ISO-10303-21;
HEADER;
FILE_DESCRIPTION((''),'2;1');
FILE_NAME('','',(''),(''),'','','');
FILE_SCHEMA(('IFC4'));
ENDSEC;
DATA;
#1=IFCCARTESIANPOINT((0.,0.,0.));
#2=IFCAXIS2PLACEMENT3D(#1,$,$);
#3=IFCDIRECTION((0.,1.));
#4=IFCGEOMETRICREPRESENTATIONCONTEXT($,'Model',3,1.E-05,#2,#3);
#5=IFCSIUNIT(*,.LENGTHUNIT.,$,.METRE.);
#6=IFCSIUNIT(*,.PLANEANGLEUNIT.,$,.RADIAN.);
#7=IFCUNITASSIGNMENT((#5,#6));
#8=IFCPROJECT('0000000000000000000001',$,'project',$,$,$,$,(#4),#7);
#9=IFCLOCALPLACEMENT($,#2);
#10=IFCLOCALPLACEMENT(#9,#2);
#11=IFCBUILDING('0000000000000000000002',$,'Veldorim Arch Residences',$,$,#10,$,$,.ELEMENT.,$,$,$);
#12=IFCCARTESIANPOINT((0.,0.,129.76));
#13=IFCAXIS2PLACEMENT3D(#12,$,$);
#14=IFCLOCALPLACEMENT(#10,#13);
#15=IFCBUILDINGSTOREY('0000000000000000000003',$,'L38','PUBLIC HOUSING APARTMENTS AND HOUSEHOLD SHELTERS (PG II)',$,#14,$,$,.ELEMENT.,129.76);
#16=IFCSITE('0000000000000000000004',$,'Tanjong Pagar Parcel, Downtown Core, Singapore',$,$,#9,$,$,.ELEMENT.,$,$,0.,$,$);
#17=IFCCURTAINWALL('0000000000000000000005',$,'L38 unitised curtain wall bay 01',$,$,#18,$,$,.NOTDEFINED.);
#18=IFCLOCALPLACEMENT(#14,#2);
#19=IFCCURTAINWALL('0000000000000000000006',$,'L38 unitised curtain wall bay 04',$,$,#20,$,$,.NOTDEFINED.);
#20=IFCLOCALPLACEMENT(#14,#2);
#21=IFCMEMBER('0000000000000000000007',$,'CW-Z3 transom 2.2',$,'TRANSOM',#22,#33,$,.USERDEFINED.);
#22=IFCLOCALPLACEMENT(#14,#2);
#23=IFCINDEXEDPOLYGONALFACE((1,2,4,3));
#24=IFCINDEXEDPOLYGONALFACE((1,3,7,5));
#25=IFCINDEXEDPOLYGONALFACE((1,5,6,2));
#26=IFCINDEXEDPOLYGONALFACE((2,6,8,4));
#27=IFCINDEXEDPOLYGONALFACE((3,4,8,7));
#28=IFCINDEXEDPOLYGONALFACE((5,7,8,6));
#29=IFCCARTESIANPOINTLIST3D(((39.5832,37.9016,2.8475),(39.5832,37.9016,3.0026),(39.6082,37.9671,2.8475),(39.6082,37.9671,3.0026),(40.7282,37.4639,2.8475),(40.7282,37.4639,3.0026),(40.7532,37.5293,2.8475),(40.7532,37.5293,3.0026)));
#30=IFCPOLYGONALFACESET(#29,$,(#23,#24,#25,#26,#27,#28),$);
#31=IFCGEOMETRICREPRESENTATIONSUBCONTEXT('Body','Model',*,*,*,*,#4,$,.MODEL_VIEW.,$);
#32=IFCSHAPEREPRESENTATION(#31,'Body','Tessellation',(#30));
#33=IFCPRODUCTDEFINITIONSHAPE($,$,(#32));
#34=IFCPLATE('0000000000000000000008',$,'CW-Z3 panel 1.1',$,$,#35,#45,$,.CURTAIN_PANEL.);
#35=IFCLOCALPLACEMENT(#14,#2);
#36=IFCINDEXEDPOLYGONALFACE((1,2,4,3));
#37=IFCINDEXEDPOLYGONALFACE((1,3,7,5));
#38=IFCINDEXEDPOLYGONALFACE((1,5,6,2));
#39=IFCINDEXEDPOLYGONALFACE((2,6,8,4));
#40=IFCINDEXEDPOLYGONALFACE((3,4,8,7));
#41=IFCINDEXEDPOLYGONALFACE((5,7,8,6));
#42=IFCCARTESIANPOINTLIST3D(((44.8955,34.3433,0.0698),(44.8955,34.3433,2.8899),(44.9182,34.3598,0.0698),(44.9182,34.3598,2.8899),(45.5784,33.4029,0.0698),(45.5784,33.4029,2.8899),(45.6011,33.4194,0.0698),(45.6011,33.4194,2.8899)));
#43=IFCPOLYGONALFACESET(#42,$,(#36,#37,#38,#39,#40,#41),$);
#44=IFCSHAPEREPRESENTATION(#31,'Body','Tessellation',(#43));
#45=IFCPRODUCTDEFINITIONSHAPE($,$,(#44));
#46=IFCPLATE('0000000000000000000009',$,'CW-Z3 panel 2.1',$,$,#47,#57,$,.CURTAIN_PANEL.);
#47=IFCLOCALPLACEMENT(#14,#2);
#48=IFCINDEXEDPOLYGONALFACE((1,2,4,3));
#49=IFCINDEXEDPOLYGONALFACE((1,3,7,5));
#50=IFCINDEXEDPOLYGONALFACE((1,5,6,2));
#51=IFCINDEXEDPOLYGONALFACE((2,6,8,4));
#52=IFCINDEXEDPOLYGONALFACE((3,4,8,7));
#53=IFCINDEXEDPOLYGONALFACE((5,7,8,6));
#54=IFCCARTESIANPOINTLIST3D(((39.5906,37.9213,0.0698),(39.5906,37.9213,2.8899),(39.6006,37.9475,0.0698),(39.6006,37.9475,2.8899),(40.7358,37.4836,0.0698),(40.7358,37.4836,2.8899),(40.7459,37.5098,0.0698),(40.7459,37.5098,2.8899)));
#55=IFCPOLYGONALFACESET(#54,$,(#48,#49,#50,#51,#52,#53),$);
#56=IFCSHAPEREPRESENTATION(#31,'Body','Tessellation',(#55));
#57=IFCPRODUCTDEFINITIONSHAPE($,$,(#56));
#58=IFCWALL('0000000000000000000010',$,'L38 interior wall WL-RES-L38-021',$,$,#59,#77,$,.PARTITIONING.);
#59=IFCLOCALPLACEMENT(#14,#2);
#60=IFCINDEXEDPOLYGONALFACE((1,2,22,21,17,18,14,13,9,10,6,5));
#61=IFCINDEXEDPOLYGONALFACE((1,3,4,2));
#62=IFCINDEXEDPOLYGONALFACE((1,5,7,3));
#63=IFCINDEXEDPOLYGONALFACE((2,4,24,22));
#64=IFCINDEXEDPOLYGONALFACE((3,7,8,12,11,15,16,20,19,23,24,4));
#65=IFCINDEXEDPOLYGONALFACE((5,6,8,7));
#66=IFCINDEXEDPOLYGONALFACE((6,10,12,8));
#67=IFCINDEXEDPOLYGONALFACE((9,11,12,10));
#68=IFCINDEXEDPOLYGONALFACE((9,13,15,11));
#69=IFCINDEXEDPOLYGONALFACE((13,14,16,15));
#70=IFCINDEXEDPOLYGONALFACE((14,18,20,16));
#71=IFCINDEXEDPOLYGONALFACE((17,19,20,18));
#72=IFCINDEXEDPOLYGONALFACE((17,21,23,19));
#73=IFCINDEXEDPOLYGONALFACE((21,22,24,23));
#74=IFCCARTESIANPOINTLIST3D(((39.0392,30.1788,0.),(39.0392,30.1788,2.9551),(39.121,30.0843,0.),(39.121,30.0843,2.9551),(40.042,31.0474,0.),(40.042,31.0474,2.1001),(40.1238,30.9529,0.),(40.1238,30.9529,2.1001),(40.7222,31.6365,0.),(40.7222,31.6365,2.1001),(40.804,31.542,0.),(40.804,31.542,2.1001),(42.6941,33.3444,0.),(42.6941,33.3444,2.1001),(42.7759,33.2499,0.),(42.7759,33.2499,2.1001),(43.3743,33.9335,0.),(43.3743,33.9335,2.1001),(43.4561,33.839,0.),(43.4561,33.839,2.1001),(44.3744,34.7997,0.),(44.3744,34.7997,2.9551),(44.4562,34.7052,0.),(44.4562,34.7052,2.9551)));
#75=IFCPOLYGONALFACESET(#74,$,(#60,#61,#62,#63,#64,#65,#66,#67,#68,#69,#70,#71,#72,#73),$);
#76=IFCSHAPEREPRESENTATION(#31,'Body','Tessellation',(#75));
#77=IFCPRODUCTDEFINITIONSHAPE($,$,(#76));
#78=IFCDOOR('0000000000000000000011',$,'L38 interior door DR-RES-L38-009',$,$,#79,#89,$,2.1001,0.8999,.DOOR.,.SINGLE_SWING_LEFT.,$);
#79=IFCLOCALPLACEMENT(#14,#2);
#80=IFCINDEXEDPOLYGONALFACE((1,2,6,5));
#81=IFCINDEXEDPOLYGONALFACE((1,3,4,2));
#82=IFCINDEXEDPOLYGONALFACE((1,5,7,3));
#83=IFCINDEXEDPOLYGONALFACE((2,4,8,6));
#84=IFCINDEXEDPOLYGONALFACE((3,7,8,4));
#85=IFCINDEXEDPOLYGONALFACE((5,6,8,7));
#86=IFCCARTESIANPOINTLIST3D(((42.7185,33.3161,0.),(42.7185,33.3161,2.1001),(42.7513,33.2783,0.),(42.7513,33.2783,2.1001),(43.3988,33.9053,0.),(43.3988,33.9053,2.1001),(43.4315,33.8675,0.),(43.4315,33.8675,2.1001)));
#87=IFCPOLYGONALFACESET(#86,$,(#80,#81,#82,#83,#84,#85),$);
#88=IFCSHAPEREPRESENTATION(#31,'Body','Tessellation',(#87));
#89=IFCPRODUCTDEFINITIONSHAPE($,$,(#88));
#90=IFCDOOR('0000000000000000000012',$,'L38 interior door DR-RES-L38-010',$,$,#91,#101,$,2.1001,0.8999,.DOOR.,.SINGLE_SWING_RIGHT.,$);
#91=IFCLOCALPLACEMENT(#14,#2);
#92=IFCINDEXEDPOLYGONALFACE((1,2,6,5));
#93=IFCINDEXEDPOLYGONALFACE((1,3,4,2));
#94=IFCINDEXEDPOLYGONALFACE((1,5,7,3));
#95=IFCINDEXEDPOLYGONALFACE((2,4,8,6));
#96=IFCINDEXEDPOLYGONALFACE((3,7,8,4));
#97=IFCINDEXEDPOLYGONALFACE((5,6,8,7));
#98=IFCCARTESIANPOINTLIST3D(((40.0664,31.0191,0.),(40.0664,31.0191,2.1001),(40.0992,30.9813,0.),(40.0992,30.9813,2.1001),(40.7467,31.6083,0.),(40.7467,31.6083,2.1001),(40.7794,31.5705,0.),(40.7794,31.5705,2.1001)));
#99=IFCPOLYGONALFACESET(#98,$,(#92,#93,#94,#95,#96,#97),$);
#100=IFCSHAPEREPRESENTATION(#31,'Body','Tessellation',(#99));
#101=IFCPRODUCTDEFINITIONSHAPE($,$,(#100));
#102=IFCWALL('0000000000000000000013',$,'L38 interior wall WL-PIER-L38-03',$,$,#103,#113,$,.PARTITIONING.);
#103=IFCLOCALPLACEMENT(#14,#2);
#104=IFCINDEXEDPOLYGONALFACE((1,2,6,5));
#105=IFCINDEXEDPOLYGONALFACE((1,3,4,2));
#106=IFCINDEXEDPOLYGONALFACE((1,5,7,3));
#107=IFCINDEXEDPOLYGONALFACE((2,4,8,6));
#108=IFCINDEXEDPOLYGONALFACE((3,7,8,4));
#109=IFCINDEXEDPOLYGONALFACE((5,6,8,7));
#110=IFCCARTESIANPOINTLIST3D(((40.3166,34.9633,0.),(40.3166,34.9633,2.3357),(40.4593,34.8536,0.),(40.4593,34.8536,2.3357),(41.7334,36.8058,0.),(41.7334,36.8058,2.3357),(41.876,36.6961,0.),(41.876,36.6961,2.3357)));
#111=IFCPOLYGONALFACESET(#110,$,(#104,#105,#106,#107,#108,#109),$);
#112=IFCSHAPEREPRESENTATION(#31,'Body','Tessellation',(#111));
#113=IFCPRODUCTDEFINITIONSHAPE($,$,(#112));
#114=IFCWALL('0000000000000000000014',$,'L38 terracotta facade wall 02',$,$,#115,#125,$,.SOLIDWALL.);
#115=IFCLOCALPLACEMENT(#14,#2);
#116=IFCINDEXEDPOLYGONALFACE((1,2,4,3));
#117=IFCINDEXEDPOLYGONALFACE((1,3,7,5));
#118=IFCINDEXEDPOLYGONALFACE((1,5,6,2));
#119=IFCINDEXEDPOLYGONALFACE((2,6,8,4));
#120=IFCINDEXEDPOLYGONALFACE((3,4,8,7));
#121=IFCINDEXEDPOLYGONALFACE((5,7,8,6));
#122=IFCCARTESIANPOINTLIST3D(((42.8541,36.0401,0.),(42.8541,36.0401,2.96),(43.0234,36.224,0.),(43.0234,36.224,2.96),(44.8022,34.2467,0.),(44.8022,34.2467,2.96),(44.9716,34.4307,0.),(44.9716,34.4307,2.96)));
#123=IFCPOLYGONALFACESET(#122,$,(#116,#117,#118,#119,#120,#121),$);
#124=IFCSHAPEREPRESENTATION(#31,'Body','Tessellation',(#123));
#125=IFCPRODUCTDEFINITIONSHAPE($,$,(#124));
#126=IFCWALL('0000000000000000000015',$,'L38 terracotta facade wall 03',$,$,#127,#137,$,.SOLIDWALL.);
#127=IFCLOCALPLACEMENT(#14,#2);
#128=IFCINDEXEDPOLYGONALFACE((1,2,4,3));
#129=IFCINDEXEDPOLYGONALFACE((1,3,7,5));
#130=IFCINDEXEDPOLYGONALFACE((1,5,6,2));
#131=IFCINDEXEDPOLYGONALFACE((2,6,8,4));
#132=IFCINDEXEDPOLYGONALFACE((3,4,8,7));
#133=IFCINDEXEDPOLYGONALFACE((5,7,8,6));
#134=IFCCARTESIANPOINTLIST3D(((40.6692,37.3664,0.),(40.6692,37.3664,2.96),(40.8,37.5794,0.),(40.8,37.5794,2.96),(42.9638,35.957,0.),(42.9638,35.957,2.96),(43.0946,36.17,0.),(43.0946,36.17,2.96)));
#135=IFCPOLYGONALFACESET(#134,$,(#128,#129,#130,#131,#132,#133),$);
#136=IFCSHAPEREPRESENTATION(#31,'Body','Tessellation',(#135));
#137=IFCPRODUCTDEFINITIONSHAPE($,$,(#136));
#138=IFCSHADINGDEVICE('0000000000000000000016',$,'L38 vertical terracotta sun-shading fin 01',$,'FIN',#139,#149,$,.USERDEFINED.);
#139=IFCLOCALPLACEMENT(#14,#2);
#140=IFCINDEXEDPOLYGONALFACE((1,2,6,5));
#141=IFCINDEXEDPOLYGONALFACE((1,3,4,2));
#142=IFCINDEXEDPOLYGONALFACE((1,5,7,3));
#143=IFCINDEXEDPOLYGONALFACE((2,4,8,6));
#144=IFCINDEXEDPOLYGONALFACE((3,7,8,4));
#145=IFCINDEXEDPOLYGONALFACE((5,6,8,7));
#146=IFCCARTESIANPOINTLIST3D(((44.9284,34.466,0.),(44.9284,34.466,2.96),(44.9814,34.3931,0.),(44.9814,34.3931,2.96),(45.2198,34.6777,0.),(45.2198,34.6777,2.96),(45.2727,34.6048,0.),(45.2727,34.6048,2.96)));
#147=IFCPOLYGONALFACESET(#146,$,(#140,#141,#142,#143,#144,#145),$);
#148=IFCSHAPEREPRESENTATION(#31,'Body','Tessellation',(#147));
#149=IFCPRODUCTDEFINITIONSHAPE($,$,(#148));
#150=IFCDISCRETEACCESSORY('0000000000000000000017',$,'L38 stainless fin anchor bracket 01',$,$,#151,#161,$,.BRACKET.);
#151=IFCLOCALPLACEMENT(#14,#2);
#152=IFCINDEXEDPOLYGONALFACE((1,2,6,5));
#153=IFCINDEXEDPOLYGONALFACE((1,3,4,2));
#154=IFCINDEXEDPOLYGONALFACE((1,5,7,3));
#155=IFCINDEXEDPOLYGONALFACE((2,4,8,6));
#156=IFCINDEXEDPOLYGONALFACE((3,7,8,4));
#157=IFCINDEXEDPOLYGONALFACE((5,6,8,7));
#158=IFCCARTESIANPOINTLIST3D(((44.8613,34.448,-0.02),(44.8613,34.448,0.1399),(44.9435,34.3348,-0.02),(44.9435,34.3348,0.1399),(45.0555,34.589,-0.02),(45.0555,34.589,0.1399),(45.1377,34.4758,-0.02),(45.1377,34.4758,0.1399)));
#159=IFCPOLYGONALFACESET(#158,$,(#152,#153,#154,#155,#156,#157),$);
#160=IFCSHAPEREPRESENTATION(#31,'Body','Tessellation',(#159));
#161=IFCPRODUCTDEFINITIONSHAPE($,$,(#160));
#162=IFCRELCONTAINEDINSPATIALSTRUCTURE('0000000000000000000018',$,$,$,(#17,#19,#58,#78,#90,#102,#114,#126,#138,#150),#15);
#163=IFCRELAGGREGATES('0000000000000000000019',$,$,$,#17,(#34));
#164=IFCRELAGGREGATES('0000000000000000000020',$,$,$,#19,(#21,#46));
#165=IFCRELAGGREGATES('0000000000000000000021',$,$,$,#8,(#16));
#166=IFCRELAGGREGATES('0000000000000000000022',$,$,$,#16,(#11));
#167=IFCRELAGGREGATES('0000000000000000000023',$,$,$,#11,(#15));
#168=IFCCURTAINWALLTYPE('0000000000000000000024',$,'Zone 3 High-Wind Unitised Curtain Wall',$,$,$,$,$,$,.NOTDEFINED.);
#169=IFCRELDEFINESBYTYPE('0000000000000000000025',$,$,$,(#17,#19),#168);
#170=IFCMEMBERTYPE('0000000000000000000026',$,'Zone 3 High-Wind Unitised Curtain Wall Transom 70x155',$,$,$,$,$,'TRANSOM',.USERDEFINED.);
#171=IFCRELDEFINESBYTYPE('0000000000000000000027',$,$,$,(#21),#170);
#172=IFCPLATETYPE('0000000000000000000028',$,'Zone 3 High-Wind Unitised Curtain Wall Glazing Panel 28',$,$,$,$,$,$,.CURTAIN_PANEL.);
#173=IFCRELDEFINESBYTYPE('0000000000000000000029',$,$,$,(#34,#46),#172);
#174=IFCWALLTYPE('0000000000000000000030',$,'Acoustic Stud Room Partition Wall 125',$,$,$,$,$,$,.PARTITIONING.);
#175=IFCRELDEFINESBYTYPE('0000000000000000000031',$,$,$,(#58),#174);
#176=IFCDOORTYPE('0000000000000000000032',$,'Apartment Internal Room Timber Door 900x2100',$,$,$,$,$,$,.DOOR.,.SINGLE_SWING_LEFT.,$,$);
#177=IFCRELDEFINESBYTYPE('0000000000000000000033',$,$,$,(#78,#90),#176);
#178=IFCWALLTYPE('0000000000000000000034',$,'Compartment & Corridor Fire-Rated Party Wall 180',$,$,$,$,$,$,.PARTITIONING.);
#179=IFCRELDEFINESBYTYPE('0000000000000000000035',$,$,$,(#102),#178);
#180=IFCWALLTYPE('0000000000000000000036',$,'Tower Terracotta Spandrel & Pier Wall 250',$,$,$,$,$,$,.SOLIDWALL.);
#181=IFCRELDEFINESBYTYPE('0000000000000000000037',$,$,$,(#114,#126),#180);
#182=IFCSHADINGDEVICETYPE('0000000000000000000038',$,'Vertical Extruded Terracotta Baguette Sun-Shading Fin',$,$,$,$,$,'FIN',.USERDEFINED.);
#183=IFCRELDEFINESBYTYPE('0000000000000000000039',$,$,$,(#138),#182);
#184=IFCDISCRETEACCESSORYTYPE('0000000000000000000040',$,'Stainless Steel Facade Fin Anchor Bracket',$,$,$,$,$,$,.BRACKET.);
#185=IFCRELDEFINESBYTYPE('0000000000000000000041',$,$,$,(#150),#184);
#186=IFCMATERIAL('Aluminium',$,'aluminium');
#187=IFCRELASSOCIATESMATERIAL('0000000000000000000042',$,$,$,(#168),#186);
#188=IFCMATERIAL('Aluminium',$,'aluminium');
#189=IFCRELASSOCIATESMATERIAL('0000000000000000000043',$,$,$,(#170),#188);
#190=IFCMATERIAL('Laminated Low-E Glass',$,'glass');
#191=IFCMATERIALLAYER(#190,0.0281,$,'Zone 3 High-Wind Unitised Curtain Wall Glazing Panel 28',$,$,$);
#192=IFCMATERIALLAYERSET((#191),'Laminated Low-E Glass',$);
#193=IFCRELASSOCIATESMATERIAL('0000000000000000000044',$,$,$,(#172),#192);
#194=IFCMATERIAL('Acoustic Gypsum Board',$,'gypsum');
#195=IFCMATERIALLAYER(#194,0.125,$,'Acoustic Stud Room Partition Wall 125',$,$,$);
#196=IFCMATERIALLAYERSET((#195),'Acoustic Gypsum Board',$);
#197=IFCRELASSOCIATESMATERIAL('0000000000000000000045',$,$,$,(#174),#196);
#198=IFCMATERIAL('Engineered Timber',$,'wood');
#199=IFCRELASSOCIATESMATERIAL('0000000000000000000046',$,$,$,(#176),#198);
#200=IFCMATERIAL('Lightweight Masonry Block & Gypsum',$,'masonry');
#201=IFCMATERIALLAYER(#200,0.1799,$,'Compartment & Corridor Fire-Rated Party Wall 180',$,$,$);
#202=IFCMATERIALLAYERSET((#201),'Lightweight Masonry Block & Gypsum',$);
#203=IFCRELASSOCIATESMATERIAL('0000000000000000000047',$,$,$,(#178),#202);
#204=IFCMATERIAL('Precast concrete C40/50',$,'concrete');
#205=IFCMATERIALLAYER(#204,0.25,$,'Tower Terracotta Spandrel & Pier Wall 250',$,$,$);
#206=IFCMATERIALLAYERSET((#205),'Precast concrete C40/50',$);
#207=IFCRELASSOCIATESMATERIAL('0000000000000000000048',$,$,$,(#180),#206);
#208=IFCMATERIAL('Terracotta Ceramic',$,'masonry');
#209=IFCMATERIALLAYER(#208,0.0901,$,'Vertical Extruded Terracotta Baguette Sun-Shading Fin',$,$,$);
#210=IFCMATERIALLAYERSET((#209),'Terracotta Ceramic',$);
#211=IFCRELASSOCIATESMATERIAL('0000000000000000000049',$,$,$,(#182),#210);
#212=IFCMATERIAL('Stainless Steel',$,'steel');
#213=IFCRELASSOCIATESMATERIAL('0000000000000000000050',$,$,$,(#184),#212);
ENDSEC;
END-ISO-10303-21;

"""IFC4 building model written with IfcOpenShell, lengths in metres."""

from ifc_helpers import new_model, si_unit, direction, frame, frame_2d, origin, origin_2d, place, context, subcontext, project, spatial, rectangle, extrude, material, layer, layer_set, material_profile, profile_set, type_object, element, fill, aggregate, save


model = new_model("IFC4")

# Units and contexts
model_context = context("Model", 3, precision=1e-05, world=origin(), true_north=direction((0.0, 1.0)))
body_context = subcontext(model_context, "Body", "Model", "MODEL_VIEW")
ifc_project = project(units=[si_unit("LENGTHUNIT", "METRE"), si_unit("PLANEANGLEUNIT", "RADIAN")], contexts=[model_context])

# Site, building, storey
site_placement = place(None, origin())
site = spatial("IfcSite", under=ifc_project, at=site_placement, Name="Tanjong Pagar Parcel, Downtown Core, Singapore", CompositionType="ELEMENT", RefElevation=0.0)
building_placement = place(site_placement, origin())
building = spatial("IfcBuilding", under=site, at=building_placement, Name="Veldorim Arch Residences", CompositionType="ELEMENT")
storey_placement = place(building_placement, frame((0.0, 0.0, 129.76)))
storey = spatial("IfcBuildingStorey", under=building, at=storey_placement, Name="L38", Description="PUBLIC HOUSING APARTMENTS AND HOUSEHOLD SHELTERS (PG II)", CompositionType="ELEMENT", Elevation=129.76)

# Curtain wall
ifc_material_1 = material(Name="Aluminium", Category="aluminium")
curtain_wall_type = type_object("IfcCurtainWallType", Name="Zone 3 High-Wind Unitised Curtain Wall", PredefinedType="NOTDEFINED", material=ifc_material_1)
curtain_wall_1_placement = place(storey_placement, origin())
curtain_wall_1 = element("IfcCurtainWall", 1, at=curtain_wall_1_placement, inside=storey, type_object=curtain_wall_type, Name="L38 unitised curtain wall bay 01", PredefinedType="NOTDEFINED")

# Curtain wall
curtain_wall_2_placement = place(storey_placement, origin())
curtain_wall_2 = element("IfcCurtainWall", 2, at=curtain_wall_2_placement, inside=storey, type_object=curtain_wall_type, Name="L38 unitised curtain wall bay 04", PredefinedType="NOTDEFINED")

# Member
ifc_material_2 = material(Name="Aluminium", Category="aluminium")
ifc_material_profile_1 = material_profile(ifc_material_2, rectangle(XDim=0.0701, YDim=0.155, at=origin_2d()), Name="ALU_TRN_70x155")
ifc_profile_set_1 = profile_set([ifc_material_profile_1], Name="Aluminium")
member_type_1 = type_object("IfcMemberType", Name="Zone 3 High-Wind Unitised Curtain Wall Transom 70x155", ElementType="TRANSOM", PredefinedType="USERDEFINED", material=ifc_profile_set_1)
member_1_placement = place(storey_placement, frame((39.5957, 37.9343, 2.925), z_axis=(0.934067, -0.357097, 0.0), x_axis=(0.357097, 0.934067, 0.0)))
member_1 = element("IfcMember", 3, at=member_1_placement, type_object=member_type_1, Name="CW-Z3 transom 2.2", ObjectType="TRANSOM", PredefinedType="USERDEFINED", context=body_context, shape_type="SweptSolid", body=[
    extrude(rectangle(XDim=0.0701, YDim=0.155, at=origin_2d()), origin(), (0.0, 0.0, 1.0), 1.2258),
])

# Plates
ifc_material_3 = material(Name="Laminated Low-E Glass", Category="glass")
ifc_layer_1 = layer(ifc_material_3, 0.0281, Name="Zone 3 High-Wind Unitised Curtain Wall Glazing Panel 28")
ifc_layer_set_1 = layer_set([ifc_layer_1], Name="Laminated Low-E Glass")
plate_type = type_object("IfcPlateType", Name="Zone 3 High-Wind Unitised Curtain Wall Glazing Panel 28", PredefinedType="CURTAIN_PANEL", material=ifc_layer_set_1)
plate_1_placement = place(storey_placement, frame((45.2483, 33.8813, 0.0698), z_axis=(0.0, 0.0, 1.0), x_axis=(0.587585, -0.809162, 0.0)))
plate_1 = element("IfcPlate", 4, at=plate_1_placement, type_object=plate_type, Name="CW-Z3 panel 1.1", PredefinedType="CURTAIN_PANEL", context=body_context, shape_type="SweptSolid", body=[
    extrude(rectangle(XDim=1.1621, YDim=0.0281, at=origin_2d()), origin(), (0.0, 0.0, 1.0), 2.8201),
])
aggregate(curtain_wall_1, [plate_1])
plate_2_placement = place(storey_placement, frame((40.1682, 37.7156, 0.0698), z_axis=(0.0, 0.0, 1.0), x_axis=(0.934109, -0.356987, 0.0)))
plate_2 = element("IfcPlate", 5, at=plate_2_placement, type_object=plate_type, Name="CW-Z3 panel 2.1", PredefinedType="CURTAIN_PANEL", context=body_context, shape_type="SweptSolid", body=[
    extrude(rectangle(XDim=1.2261, YDim=0.0281, at=origin_2d()), origin(), (0.0, 0.0, 1.0), 2.8201),
])
aggregate(curtain_wall_2, [member_1, plate_2])

# Wall, openings, doors
ifc_material_4 = material(Name="Acoustic Gypsum Board", Category="gypsum")
ifc_layer_2 = layer(ifc_material_4, 0.125, Name="Acoustic Stud Room Partition Wall 125")
ifc_layer_set_2 = layer_set([ifc_layer_2], Name="Acoustic Gypsum Board")
wall_type_1 = type_object("IfcWallType", Name="Acoustic Stud Room Partition Wall 125", PredefinedType="PARTITIONING", material=ifc_layer_set_2)
wall_1_placement = place(storey_placement, frame((44.4153, 34.7524, 0.0), z_axis=(0.0, 0.0, 1.0), x_axis=(-0.755899, -0.654688, 0.0)))
wall_1 = element("IfcWall", 6, at=wall_1_placement, inside=storey, type_object=wall_type_1, Name="L38 interior wall WL-RES-L38-021", PredefinedType="PARTITIONING", context=body_context, shape_type="SweptSolid", body=[
    extrude(rectangle(XDim=7.0581, YDim=0.125, at=frame_2d((3.5291, 0.0))), origin(), (0.0, 0.0, 1.0), 2.9551),
])
opening_1_placement = place(wall_1_placement, frame((1.323, 0.0, 0.0)))
opening_1 = element("IfcOpeningElement", 7, at=opening_1_placement, cuts=wall_1, PredefinedType="OPENING", context=body_context, shape_type="SweptSolid", body=[
    extrude(rectangle(XDim=0.8999, YDim=2.1001, at=frame_2d((0.45, 1.05))), frame((0.0, 0.0725, 0.0), z_axis=(0.0, -1.0, 0.0), x_axis=(1.0, 0.0, 0.0)), (0.0, 0.0, 1.0), 0.145),
])
opening_2_placement = place(wall_1_placement, frame((4.8315, 0.0, 0.0)))
opening_2 = element("IfcOpeningElement", 8, at=opening_2_placement, cuts=wall_1, PredefinedType="OPENING", context=body_context, shape_type="SweptSolid", body=[
    extrude(rectangle(XDim=0.8999, YDim=2.1001, at=frame_2d((0.45, 1.05))), frame((0.0, 0.0725, 0.0), z_axis=(0.0, -1.0, 0.0), x_axis=(1.0, 0.0, 0.0)), (0.0, 0.0, 1.0), 0.145),
])
ifc_material_5 = material(Name="Engineered Timber", Category="wood")
door_type = type_object("IfcDoorType", Name="Apartment Internal Room Timber Door 900x2100", OperationType="SINGLE_SWING_LEFT", PredefinedType="DOOR", material=ifc_material_5)
door_1_placement = place(opening_1_placement, origin())
door_1 = element("IfcDoor", 9, at=door_1_placement, inside=storey, type_object=door_type, Name="L38 interior door DR-RES-L38-009", OperationType="SINGLE_SWING_LEFT", OverallHeight=2.1001, OverallWidth=0.8999, PredefinedType="DOOR", context=body_context, shape_type="SweptSolid", body=[
    extrude(rectangle(XDim=0.8999, YDim=2.1001, at=frame_2d((0.45, 1.05))), frame((0.0, 0.0249, 0.0), z_axis=(0.0, -1.0, 0.0), x_axis=(1.0, 0.0, 0.0)), (0.0, 0.0, 1.0), 0.05),
])
fill(opening_1, door_1)
door_2_placement = place(opening_2_placement, origin())
door_2 = element("IfcDoor", 10, at=door_2_placement, inside=storey, type_object=door_type, Name="L38 interior door DR-RES-L38-010", OperationType="SINGLE_SWING_RIGHT", OverallHeight=2.1001, OverallWidth=0.8999, PredefinedType="DOOR", context=body_context, shape_type="SweptSolid", body=[
    extrude(rectangle(XDim=0.8999, YDim=2.1001, at=frame_2d((0.45, 1.05))), frame((0.0, 0.0249, 0.0), z_axis=(0.0, -1.0, 0.0), x_axis=(1.0, 0.0, 0.0)), (0.0, 0.0, 1.0), 0.05),
])
fill(opening_2, door_2)

# Walls
ifc_material_6 = material(Name="Lightweight Masonry Block & Gypsum", Category="masonry")
ifc_layer_3 = layer(ifc_material_6, 0.1799, Name="Compartment & Corridor Fire-Rated Party Wall 180")
ifc_layer_set_3 = layer_set([ifc_layer_3], Name="Lightweight Masonry Block & Gypsum")
wall_type_2 = type_object("IfcWallType", Name="Compartment & Corridor Fire-Rated Party Wall 180", PredefinedType="PARTITIONING", material=ifc_layer_set_3)
wall_2_placement = place(storey_placement, frame((40.3879, 34.9084, 0.0), z_axis=(0.0, 0.0, 1.0), x_axis=(0.609553, 0.792745, 0.0)))
element("IfcWall", 11, at=wall_2_placement, inside=storey, type_object=wall_type_2, Name="L38 interior wall WL-PIER-L38-03", PredefinedType="PARTITIONING", context=body_context, shape_type="SweptSolid", body=[
    extrude(rectangle(XDim=2.3242, YDim=0.1799, at=frame_2d((1.1621, 0.0))), origin(), (0.0, 0.0, 1.0), 2.3357),
])
ifc_material_7 = material(Name="Precast concrete C40/50", Category="concrete")
ifc_layer_4 = layer(ifc_material_7, 0.25, Name="Tower Terracotta Spandrel & Pier Wall 250")
ifc_layer_set_4 = layer_set([ifc_layer_4], Name="Precast concrete C40/50")
wall_type_3 = type_object("IfcWallType", Name="Tower Terracotta Spandrel & Pier Wall 250", PredefinedType="SOLIDWALL", material=ifc_layer_set_4)
wall_3_placement = place(storey_placement, frame((42.9387, 36.1321, 0.0), z_axis=(0.0, 0.0, 1.0), x_axis=(0.735729, -0.677276, 0.0)))
element("IfcWall", 12, at=wall_3_placement, inside=storey, type_object=wall_type_3, Name="L38 terracotta facade wall 02", PredefinedType="SOLIDWALL", context=body_context, shape_type="SweptSolid", body=[
    extrude(rectangle(XDim=2.6479, YDim=0.25, at=frame_2d((1.324, 0.0))), origin(), (0.0, 0.0, 1.0), 2.96),
])
wall_4_placement = place(storey_placement, frame((40.7346, 37.4729, 0.0), z_axis=(0.0, 0.0, 1.0), x_axis=(0.852103, -0.523374, 0.0)))
element("IfcWall", 13, at=wall_4_placement, inside=storey, type_object=wall_type_3, Name="L38 terracotta facade wall 03", PredefinedType="SOLIDWALL", context=body_context, shape_type="SweptSolid", body=[
    extrude(rectangle(XDim=2.6929, YDim=0.25, at=frame_2d((1.3464, 0.0))), origin(), (0.0, 0.0, 1.0), 2.96),
])

# Shading device
ifc_material_8 = material(Name="Terracotta Ceramic", Category="masonry")
ifc_layer_5 = layer(ifc_material_8, 0.0901, Name="Vertical Extruded Terracotta Baguette Sun-Shading Fin")
ifc_layer_set_5 = layer_set([ifc_layer_5], Name="Terracotta Ceramic")
shading_device_type = type_object("IfcShadingDeviceType", Name="Vertical Extruded Terracotta Baguette Sun-Shading Fin", ElementType="FIN", PredefinedType="USERDEFINED", material=ifc_layer_set_5)
shading_device_placement = place(storey_placement, frame((45.1006, 34.5354, 0.0), z_axis=(0.0, 0.0, 1.0), x_axis=(0.587644, -0.80912, 0.0)))
element("IfcShadingDevice", 14, at=shading_device_placement, inside=storey, type_object=shading_device_type, Name="L38 vertical terracotta sun-shading fin 01", ObjectType="FIN", PredefinedType="USERDEFINED", context=body_context, shape_type="SweptSolid", body=[
    extrude(rectangle(XDim=0.0901, YDim=0.3601, at=origin_2d()), origin(), (0.0, 0.0, 1.0), 2.96),
])

# Discrete accessory
ifc_material_9 = material(Name="Stainless Steel", Category="steel")
discrete_accessory_type = type_object("IfcDiscreteAccessoryType", Name="Stainless Steel Facade Fin Anchor Bracket", PredefinedType="BRACKET", material=ifc_material_9)
discrete_accessory_placement = place(storey_placement, frame((44.9995, 34.4619, -0.02), z_axis=(0.0, 0.0, 1.0), x_axis=(0.587644, -0.80912, 0.0)))
element("IfcDiscreteAccessory", 15, at=discrete_accessory_placement, inside=storey, type_object=discrete_accessory_type, Name="L38 stainless fin anchor bracket 01", PredefinedType="BRACKET", context=body_context, shape_type="SweptSolid", body=[
    extrude(rectangle(XDim=0.1399, YDim=0.24, at=origin_2d()), origin(), (0.0, 0.0, 1.0), 0.1599),
])

save(model, "model.ifc")
